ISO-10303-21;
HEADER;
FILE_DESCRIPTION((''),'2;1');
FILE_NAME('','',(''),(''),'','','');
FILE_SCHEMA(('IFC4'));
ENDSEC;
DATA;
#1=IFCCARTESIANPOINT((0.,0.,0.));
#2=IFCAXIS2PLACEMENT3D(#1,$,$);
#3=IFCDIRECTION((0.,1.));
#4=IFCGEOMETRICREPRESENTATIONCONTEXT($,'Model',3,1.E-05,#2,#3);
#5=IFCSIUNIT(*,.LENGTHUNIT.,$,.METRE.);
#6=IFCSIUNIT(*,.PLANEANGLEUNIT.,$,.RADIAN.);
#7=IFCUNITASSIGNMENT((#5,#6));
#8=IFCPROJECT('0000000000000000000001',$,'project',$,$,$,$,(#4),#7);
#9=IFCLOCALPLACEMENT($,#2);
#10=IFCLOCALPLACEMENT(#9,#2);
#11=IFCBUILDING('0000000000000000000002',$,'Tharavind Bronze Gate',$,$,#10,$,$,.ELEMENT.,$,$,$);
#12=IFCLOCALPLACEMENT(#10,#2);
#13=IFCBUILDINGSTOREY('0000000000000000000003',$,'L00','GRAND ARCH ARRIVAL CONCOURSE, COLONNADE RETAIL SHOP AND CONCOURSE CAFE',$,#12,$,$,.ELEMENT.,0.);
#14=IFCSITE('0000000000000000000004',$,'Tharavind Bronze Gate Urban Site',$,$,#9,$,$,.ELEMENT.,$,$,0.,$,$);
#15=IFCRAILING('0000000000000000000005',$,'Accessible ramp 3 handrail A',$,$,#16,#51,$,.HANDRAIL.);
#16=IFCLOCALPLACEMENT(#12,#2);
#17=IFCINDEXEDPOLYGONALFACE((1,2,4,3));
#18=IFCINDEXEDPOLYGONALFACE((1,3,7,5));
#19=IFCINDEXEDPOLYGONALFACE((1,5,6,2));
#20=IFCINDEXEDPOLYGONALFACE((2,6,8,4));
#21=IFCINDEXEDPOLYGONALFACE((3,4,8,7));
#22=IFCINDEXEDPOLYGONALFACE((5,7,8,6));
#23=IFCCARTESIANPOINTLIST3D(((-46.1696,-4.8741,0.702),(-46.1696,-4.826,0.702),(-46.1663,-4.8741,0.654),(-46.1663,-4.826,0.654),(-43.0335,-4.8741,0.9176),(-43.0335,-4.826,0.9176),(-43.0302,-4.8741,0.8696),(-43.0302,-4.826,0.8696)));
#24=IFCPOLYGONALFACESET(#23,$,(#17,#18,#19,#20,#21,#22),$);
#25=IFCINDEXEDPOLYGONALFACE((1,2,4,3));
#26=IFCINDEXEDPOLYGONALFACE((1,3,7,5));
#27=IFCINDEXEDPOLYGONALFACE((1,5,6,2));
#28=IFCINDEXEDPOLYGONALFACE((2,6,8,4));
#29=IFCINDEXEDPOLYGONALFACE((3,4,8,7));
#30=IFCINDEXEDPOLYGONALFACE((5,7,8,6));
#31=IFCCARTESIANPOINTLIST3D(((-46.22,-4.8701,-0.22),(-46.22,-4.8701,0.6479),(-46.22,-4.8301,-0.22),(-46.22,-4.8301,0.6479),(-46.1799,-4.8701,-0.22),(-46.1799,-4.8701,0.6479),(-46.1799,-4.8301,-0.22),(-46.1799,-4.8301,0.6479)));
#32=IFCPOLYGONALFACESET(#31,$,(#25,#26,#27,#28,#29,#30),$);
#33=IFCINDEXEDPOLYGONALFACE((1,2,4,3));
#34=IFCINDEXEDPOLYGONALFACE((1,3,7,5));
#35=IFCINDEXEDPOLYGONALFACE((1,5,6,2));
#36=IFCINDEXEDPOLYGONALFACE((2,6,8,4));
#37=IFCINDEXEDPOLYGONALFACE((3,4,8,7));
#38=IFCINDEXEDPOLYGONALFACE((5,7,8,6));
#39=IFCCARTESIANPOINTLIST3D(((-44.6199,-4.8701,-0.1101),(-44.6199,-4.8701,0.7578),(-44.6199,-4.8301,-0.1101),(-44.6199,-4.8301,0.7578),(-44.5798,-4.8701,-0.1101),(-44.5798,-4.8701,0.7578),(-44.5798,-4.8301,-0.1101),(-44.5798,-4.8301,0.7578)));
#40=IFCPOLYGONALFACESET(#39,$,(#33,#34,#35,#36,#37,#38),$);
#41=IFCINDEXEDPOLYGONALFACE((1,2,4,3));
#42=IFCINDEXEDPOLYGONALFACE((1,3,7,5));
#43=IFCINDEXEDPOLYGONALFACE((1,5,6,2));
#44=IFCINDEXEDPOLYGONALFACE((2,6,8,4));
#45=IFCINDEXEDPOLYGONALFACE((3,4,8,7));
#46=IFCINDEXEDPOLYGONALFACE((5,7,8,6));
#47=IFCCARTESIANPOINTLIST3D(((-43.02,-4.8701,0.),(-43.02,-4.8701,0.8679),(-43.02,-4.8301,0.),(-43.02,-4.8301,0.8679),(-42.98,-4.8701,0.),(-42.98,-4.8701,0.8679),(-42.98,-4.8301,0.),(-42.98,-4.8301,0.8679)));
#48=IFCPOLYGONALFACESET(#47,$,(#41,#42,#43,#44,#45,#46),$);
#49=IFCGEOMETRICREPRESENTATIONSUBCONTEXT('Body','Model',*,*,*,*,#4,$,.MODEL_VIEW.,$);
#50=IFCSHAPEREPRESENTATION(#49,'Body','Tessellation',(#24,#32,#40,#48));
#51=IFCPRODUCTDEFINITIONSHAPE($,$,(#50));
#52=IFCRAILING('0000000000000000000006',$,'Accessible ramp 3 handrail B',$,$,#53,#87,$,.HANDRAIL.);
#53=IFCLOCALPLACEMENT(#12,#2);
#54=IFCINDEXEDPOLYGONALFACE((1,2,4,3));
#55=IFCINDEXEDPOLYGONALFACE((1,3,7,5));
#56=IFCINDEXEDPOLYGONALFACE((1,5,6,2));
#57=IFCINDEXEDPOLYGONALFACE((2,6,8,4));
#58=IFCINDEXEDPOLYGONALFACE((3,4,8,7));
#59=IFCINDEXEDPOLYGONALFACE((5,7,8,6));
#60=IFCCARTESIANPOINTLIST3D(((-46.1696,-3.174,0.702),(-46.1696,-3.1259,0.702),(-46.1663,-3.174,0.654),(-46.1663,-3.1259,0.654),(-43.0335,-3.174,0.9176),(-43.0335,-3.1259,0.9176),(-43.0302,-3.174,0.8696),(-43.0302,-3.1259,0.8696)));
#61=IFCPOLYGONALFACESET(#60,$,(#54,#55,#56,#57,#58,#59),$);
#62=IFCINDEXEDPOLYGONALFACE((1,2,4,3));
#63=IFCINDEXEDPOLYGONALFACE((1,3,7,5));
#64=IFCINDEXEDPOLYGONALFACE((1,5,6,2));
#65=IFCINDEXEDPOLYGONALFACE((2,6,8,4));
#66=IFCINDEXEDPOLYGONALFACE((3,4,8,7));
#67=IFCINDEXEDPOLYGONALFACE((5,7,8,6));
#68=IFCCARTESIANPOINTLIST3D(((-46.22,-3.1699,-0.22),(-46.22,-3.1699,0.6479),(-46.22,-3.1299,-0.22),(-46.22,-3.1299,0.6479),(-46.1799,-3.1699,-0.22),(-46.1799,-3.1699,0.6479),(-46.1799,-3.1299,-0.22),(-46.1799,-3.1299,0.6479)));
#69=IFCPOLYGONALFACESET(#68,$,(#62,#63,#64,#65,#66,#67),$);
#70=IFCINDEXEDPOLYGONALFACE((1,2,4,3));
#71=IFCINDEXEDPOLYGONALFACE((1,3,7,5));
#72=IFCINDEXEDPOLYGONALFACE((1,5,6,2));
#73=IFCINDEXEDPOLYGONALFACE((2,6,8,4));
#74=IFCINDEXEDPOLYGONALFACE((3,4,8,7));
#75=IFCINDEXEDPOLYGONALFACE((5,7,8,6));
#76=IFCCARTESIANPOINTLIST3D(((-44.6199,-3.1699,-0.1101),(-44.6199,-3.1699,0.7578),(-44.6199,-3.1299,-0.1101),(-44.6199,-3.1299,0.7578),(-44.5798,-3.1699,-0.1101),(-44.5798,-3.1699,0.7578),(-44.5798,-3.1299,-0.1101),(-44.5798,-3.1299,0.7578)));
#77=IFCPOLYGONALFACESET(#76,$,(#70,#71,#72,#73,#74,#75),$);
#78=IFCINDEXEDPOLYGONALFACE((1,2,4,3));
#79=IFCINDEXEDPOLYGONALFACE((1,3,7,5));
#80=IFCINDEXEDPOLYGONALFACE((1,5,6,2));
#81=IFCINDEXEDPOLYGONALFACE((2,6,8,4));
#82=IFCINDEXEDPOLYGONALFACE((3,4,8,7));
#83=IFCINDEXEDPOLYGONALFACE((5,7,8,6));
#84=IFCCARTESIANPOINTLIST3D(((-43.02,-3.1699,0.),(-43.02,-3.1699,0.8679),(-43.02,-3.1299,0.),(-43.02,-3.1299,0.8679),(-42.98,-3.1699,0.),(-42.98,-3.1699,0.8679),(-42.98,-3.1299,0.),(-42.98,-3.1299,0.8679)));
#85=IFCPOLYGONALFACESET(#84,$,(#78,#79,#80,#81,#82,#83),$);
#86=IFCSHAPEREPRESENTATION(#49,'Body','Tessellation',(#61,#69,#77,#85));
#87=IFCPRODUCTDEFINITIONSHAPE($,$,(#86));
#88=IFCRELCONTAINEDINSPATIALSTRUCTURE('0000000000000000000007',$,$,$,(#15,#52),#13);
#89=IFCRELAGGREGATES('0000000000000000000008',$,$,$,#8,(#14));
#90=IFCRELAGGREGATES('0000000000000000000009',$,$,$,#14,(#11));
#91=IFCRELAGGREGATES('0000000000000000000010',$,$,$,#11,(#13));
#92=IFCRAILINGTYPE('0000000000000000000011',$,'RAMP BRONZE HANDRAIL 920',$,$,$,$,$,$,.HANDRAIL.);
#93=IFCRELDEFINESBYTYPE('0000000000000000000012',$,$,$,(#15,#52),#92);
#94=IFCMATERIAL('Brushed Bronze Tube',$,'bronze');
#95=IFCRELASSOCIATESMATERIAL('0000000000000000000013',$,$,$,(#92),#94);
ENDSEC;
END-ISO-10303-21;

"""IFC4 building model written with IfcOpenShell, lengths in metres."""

from ifc_helpers import new_model, si_unit, direction, frame, origin, origin_2d, place, context, subcontext, project, spatial, rectangle, extrude, material, type_object, element, save


model = new_model("IFC4")

# Units and contexts
model_context = context("Model", 3, precision=1e-05, world=origin(), true_north=direction((0.0, 1.0)))
body_context = subcontext(model_context, "Body", "Model", "MODEL_VIEW")
ifc_project = project(units=[si_unit("LENGTHUNIT", "METRE"), si_unit("PLANEANGLEUNIT", "RADIAN")], contexts=[model_context])

# Site, building, storey
site_placement = place(None, origin())
site = spatial("IfcSite", under=ifc_project, at=site_placement, Name="Tharavind Bronze Gate Urban Site", CompositionType="ELEMENT", RefElevation=0.0)
building_placement = place(site_placement, origin())
building = spatial("IfcBuilding", under=site, at=building_placement, Name="Tharavind Bronze Gate", CompositionType="ELEMENT")
storey_placement = place(building_placement, origin())
storey = spatial("IfcBuildingStorey", under=building, at=storey_placement, Name="L00", Description="GRAND ARCH ARRIVAL CONCOURSE, COLONNADE RETAIL SHOP AND CONCOURSE CAFE", CompositionType="ELEMENT", Elevation=0.0)

# Railings
ifc_material_1 = material(Name="Brushed Bronze Tube", Category="bronze")
railing_type_1 = type_object("IfcRailingType", Name="RAMP BRONZE HANDRAIL 920", PredefinedType="HANDRAIL", material=ifc_material_1)
for number, where, name in (
    (1, (-46.2, -4.8501, -0.22), "Accessible ramp 3 handrail A"),
    (2, (-46.2, -3.1499, -0.22), "Accessible ramp 3 handrail B"),
):
    element("IfcRailing", number, at=place(storey_placement, frame(where)), inside=storey, type_object=railing_type_1, Name=name, PredefinedType="HANDRAIL", context=body_context, shape_type="SweptSolid", body=[
        extrude(rectangle(XDim=0.0481, YDim=0.0481, at=origin_2d()), frame((0.032, 0.0, 0.8979), z_axis=(0.997646, 0.0, 0.06858), x_axis=(0.0, 1.0, 0.0)), (0.0, 0.0, 1.0), 3.1436),
        extrude(rectangle(XDim=0.04, YDim=0.04, at=origin_2d()), origin(), (0.0, 0.0, 1.0), 0.8679),
        extrude(rectangle(XDim=0.04, YDim=0.04, at=origin_2d()), frame((1.6001, 0.0, 0.1099)), (0.0, 0.0, 1.0), 0.8679),
        extrude(rectangle(XDim=0.04, YDim=0.04, at=origin_2d()), frame((3.2, 0.0, 0.22)), (0.0, 0.0, 1.0), 0.8679),
    ])

save(model, "model.ifc")
